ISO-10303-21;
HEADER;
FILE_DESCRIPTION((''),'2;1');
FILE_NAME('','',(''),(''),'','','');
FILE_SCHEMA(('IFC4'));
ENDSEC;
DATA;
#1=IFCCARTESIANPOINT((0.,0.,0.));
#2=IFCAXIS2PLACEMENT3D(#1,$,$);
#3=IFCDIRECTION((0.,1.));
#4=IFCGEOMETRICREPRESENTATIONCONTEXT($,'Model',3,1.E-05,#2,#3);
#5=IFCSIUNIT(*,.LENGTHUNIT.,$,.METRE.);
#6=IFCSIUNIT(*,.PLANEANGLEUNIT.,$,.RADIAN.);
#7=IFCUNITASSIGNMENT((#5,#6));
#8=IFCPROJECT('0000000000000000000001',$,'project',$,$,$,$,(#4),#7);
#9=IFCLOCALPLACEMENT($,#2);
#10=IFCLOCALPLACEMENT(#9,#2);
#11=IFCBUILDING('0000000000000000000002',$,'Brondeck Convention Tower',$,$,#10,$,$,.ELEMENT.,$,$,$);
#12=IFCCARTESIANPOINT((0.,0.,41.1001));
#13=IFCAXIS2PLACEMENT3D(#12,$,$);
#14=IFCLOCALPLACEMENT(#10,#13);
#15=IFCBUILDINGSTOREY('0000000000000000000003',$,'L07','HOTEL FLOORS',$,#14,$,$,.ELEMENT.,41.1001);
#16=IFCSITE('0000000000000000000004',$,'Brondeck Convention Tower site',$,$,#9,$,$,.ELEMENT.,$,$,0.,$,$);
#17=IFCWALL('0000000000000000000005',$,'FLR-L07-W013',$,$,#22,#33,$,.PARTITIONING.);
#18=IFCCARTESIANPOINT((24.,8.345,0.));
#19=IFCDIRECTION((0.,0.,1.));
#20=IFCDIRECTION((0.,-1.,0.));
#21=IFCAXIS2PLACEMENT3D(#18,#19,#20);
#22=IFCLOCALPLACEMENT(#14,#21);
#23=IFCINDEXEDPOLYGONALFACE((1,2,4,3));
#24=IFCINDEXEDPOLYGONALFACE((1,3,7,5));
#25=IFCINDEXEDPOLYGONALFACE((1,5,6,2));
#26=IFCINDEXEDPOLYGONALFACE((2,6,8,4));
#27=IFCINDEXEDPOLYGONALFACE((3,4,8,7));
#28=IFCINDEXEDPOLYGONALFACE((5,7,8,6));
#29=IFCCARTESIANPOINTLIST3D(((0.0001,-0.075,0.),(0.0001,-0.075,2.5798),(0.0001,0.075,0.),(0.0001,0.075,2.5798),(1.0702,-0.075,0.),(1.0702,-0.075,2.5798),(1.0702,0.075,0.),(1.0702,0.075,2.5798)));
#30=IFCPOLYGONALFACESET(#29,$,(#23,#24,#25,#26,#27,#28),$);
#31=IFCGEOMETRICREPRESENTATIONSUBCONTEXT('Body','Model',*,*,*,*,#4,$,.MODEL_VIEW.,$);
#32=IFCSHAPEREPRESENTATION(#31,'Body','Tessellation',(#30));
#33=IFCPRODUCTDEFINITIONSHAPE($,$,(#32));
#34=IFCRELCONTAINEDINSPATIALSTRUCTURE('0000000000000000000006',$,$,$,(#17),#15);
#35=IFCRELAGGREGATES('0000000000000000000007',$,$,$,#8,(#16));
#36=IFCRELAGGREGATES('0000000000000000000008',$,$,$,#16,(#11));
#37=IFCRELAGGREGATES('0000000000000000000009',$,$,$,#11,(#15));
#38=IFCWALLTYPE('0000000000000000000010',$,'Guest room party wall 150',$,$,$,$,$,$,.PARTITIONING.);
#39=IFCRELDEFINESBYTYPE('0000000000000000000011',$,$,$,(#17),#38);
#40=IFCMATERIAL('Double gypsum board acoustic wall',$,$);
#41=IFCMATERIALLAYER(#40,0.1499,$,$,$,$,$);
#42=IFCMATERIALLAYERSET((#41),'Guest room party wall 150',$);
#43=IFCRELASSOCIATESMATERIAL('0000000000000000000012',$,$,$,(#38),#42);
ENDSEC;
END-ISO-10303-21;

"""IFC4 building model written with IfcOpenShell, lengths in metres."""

from ifc_helpers import new_model, si_unit, direction, frame, frame_2d, origin, place, context, subcontext, project, spatial, rectangle, extrude, material, layer, layer_set, type_object, element, save


model = new_model("IFC4")

# Units and contexts
model_context = context("Model", 3, precision=1e-05, world=origin(), true_north=direction((0.0, 1.0)))
body_context = subcontext(model_context, "Body", "Model", "MODEL_VIEW")
ifc_project = project(units=[si_unit("LENGTHUNIT", "METRE"), si_unit("PLANEANGLEUNIT", "RADIAN")], contexts=[model_context])

# Site, building, storey
site_placement = place(None, origin())
site = spatial("IfcSite", under=ifc_project, at=site_placement, Name="Brondeck Convention Tower site", CompositionType="ELEMENT", RefElevation=0.0)
building_placement = place(site_placement, origin())
building = spatial("IfcBuilding", under=site, at=building_placement, Name="Brondeck Convention Tower", CompositionType="ELEMENT")
storey_placement = place(building_placement, frame((0.0, 0.0, 41.1001)))
storey = spatial("IfcBuildingStorey", under=building, at=storey_placement, Name="L07", Description="HOTEL FLOORS", CompositionType="ELEMENT", Elevation=41.1001)

# Shared definitions
ifc_material_1 = material(Name="Double gypsum board acoustic wall")
ifc_layer = layer(ifc_material_1, 0.1499)
ifc_layer_set = layer_set([ifc_layer], Name="Guest room party wall 150")
wall_type = type_object("IfcWallType", Name="Guest room party wall 150", PredefinedType="PARTITIONING", material=ifc_layer_set)

# Wall
wall_1_placement = place(storey_placement, frame((24.0, 8.345, 0.0), z_axis=(0.0, 0.0, 1.0), x_axis=(0.0, -1.0, 0.0)))
element("IfcWall", 1, at=wall_1_placement, inside=storey, type_object=wall_type, Name="FLR-L07-W013", PredefinedType="PARTITIONING", context=body_context, shape_type="SweptSolid", body=[
    extrude(rectangle(XDim=1.0701, YDim=0.1499, at=frame_2d((0.5352, 0.0))), origin(), (0.0, 0.0, 1.0), 2.5798),
])

save(model, "model.ifc")
